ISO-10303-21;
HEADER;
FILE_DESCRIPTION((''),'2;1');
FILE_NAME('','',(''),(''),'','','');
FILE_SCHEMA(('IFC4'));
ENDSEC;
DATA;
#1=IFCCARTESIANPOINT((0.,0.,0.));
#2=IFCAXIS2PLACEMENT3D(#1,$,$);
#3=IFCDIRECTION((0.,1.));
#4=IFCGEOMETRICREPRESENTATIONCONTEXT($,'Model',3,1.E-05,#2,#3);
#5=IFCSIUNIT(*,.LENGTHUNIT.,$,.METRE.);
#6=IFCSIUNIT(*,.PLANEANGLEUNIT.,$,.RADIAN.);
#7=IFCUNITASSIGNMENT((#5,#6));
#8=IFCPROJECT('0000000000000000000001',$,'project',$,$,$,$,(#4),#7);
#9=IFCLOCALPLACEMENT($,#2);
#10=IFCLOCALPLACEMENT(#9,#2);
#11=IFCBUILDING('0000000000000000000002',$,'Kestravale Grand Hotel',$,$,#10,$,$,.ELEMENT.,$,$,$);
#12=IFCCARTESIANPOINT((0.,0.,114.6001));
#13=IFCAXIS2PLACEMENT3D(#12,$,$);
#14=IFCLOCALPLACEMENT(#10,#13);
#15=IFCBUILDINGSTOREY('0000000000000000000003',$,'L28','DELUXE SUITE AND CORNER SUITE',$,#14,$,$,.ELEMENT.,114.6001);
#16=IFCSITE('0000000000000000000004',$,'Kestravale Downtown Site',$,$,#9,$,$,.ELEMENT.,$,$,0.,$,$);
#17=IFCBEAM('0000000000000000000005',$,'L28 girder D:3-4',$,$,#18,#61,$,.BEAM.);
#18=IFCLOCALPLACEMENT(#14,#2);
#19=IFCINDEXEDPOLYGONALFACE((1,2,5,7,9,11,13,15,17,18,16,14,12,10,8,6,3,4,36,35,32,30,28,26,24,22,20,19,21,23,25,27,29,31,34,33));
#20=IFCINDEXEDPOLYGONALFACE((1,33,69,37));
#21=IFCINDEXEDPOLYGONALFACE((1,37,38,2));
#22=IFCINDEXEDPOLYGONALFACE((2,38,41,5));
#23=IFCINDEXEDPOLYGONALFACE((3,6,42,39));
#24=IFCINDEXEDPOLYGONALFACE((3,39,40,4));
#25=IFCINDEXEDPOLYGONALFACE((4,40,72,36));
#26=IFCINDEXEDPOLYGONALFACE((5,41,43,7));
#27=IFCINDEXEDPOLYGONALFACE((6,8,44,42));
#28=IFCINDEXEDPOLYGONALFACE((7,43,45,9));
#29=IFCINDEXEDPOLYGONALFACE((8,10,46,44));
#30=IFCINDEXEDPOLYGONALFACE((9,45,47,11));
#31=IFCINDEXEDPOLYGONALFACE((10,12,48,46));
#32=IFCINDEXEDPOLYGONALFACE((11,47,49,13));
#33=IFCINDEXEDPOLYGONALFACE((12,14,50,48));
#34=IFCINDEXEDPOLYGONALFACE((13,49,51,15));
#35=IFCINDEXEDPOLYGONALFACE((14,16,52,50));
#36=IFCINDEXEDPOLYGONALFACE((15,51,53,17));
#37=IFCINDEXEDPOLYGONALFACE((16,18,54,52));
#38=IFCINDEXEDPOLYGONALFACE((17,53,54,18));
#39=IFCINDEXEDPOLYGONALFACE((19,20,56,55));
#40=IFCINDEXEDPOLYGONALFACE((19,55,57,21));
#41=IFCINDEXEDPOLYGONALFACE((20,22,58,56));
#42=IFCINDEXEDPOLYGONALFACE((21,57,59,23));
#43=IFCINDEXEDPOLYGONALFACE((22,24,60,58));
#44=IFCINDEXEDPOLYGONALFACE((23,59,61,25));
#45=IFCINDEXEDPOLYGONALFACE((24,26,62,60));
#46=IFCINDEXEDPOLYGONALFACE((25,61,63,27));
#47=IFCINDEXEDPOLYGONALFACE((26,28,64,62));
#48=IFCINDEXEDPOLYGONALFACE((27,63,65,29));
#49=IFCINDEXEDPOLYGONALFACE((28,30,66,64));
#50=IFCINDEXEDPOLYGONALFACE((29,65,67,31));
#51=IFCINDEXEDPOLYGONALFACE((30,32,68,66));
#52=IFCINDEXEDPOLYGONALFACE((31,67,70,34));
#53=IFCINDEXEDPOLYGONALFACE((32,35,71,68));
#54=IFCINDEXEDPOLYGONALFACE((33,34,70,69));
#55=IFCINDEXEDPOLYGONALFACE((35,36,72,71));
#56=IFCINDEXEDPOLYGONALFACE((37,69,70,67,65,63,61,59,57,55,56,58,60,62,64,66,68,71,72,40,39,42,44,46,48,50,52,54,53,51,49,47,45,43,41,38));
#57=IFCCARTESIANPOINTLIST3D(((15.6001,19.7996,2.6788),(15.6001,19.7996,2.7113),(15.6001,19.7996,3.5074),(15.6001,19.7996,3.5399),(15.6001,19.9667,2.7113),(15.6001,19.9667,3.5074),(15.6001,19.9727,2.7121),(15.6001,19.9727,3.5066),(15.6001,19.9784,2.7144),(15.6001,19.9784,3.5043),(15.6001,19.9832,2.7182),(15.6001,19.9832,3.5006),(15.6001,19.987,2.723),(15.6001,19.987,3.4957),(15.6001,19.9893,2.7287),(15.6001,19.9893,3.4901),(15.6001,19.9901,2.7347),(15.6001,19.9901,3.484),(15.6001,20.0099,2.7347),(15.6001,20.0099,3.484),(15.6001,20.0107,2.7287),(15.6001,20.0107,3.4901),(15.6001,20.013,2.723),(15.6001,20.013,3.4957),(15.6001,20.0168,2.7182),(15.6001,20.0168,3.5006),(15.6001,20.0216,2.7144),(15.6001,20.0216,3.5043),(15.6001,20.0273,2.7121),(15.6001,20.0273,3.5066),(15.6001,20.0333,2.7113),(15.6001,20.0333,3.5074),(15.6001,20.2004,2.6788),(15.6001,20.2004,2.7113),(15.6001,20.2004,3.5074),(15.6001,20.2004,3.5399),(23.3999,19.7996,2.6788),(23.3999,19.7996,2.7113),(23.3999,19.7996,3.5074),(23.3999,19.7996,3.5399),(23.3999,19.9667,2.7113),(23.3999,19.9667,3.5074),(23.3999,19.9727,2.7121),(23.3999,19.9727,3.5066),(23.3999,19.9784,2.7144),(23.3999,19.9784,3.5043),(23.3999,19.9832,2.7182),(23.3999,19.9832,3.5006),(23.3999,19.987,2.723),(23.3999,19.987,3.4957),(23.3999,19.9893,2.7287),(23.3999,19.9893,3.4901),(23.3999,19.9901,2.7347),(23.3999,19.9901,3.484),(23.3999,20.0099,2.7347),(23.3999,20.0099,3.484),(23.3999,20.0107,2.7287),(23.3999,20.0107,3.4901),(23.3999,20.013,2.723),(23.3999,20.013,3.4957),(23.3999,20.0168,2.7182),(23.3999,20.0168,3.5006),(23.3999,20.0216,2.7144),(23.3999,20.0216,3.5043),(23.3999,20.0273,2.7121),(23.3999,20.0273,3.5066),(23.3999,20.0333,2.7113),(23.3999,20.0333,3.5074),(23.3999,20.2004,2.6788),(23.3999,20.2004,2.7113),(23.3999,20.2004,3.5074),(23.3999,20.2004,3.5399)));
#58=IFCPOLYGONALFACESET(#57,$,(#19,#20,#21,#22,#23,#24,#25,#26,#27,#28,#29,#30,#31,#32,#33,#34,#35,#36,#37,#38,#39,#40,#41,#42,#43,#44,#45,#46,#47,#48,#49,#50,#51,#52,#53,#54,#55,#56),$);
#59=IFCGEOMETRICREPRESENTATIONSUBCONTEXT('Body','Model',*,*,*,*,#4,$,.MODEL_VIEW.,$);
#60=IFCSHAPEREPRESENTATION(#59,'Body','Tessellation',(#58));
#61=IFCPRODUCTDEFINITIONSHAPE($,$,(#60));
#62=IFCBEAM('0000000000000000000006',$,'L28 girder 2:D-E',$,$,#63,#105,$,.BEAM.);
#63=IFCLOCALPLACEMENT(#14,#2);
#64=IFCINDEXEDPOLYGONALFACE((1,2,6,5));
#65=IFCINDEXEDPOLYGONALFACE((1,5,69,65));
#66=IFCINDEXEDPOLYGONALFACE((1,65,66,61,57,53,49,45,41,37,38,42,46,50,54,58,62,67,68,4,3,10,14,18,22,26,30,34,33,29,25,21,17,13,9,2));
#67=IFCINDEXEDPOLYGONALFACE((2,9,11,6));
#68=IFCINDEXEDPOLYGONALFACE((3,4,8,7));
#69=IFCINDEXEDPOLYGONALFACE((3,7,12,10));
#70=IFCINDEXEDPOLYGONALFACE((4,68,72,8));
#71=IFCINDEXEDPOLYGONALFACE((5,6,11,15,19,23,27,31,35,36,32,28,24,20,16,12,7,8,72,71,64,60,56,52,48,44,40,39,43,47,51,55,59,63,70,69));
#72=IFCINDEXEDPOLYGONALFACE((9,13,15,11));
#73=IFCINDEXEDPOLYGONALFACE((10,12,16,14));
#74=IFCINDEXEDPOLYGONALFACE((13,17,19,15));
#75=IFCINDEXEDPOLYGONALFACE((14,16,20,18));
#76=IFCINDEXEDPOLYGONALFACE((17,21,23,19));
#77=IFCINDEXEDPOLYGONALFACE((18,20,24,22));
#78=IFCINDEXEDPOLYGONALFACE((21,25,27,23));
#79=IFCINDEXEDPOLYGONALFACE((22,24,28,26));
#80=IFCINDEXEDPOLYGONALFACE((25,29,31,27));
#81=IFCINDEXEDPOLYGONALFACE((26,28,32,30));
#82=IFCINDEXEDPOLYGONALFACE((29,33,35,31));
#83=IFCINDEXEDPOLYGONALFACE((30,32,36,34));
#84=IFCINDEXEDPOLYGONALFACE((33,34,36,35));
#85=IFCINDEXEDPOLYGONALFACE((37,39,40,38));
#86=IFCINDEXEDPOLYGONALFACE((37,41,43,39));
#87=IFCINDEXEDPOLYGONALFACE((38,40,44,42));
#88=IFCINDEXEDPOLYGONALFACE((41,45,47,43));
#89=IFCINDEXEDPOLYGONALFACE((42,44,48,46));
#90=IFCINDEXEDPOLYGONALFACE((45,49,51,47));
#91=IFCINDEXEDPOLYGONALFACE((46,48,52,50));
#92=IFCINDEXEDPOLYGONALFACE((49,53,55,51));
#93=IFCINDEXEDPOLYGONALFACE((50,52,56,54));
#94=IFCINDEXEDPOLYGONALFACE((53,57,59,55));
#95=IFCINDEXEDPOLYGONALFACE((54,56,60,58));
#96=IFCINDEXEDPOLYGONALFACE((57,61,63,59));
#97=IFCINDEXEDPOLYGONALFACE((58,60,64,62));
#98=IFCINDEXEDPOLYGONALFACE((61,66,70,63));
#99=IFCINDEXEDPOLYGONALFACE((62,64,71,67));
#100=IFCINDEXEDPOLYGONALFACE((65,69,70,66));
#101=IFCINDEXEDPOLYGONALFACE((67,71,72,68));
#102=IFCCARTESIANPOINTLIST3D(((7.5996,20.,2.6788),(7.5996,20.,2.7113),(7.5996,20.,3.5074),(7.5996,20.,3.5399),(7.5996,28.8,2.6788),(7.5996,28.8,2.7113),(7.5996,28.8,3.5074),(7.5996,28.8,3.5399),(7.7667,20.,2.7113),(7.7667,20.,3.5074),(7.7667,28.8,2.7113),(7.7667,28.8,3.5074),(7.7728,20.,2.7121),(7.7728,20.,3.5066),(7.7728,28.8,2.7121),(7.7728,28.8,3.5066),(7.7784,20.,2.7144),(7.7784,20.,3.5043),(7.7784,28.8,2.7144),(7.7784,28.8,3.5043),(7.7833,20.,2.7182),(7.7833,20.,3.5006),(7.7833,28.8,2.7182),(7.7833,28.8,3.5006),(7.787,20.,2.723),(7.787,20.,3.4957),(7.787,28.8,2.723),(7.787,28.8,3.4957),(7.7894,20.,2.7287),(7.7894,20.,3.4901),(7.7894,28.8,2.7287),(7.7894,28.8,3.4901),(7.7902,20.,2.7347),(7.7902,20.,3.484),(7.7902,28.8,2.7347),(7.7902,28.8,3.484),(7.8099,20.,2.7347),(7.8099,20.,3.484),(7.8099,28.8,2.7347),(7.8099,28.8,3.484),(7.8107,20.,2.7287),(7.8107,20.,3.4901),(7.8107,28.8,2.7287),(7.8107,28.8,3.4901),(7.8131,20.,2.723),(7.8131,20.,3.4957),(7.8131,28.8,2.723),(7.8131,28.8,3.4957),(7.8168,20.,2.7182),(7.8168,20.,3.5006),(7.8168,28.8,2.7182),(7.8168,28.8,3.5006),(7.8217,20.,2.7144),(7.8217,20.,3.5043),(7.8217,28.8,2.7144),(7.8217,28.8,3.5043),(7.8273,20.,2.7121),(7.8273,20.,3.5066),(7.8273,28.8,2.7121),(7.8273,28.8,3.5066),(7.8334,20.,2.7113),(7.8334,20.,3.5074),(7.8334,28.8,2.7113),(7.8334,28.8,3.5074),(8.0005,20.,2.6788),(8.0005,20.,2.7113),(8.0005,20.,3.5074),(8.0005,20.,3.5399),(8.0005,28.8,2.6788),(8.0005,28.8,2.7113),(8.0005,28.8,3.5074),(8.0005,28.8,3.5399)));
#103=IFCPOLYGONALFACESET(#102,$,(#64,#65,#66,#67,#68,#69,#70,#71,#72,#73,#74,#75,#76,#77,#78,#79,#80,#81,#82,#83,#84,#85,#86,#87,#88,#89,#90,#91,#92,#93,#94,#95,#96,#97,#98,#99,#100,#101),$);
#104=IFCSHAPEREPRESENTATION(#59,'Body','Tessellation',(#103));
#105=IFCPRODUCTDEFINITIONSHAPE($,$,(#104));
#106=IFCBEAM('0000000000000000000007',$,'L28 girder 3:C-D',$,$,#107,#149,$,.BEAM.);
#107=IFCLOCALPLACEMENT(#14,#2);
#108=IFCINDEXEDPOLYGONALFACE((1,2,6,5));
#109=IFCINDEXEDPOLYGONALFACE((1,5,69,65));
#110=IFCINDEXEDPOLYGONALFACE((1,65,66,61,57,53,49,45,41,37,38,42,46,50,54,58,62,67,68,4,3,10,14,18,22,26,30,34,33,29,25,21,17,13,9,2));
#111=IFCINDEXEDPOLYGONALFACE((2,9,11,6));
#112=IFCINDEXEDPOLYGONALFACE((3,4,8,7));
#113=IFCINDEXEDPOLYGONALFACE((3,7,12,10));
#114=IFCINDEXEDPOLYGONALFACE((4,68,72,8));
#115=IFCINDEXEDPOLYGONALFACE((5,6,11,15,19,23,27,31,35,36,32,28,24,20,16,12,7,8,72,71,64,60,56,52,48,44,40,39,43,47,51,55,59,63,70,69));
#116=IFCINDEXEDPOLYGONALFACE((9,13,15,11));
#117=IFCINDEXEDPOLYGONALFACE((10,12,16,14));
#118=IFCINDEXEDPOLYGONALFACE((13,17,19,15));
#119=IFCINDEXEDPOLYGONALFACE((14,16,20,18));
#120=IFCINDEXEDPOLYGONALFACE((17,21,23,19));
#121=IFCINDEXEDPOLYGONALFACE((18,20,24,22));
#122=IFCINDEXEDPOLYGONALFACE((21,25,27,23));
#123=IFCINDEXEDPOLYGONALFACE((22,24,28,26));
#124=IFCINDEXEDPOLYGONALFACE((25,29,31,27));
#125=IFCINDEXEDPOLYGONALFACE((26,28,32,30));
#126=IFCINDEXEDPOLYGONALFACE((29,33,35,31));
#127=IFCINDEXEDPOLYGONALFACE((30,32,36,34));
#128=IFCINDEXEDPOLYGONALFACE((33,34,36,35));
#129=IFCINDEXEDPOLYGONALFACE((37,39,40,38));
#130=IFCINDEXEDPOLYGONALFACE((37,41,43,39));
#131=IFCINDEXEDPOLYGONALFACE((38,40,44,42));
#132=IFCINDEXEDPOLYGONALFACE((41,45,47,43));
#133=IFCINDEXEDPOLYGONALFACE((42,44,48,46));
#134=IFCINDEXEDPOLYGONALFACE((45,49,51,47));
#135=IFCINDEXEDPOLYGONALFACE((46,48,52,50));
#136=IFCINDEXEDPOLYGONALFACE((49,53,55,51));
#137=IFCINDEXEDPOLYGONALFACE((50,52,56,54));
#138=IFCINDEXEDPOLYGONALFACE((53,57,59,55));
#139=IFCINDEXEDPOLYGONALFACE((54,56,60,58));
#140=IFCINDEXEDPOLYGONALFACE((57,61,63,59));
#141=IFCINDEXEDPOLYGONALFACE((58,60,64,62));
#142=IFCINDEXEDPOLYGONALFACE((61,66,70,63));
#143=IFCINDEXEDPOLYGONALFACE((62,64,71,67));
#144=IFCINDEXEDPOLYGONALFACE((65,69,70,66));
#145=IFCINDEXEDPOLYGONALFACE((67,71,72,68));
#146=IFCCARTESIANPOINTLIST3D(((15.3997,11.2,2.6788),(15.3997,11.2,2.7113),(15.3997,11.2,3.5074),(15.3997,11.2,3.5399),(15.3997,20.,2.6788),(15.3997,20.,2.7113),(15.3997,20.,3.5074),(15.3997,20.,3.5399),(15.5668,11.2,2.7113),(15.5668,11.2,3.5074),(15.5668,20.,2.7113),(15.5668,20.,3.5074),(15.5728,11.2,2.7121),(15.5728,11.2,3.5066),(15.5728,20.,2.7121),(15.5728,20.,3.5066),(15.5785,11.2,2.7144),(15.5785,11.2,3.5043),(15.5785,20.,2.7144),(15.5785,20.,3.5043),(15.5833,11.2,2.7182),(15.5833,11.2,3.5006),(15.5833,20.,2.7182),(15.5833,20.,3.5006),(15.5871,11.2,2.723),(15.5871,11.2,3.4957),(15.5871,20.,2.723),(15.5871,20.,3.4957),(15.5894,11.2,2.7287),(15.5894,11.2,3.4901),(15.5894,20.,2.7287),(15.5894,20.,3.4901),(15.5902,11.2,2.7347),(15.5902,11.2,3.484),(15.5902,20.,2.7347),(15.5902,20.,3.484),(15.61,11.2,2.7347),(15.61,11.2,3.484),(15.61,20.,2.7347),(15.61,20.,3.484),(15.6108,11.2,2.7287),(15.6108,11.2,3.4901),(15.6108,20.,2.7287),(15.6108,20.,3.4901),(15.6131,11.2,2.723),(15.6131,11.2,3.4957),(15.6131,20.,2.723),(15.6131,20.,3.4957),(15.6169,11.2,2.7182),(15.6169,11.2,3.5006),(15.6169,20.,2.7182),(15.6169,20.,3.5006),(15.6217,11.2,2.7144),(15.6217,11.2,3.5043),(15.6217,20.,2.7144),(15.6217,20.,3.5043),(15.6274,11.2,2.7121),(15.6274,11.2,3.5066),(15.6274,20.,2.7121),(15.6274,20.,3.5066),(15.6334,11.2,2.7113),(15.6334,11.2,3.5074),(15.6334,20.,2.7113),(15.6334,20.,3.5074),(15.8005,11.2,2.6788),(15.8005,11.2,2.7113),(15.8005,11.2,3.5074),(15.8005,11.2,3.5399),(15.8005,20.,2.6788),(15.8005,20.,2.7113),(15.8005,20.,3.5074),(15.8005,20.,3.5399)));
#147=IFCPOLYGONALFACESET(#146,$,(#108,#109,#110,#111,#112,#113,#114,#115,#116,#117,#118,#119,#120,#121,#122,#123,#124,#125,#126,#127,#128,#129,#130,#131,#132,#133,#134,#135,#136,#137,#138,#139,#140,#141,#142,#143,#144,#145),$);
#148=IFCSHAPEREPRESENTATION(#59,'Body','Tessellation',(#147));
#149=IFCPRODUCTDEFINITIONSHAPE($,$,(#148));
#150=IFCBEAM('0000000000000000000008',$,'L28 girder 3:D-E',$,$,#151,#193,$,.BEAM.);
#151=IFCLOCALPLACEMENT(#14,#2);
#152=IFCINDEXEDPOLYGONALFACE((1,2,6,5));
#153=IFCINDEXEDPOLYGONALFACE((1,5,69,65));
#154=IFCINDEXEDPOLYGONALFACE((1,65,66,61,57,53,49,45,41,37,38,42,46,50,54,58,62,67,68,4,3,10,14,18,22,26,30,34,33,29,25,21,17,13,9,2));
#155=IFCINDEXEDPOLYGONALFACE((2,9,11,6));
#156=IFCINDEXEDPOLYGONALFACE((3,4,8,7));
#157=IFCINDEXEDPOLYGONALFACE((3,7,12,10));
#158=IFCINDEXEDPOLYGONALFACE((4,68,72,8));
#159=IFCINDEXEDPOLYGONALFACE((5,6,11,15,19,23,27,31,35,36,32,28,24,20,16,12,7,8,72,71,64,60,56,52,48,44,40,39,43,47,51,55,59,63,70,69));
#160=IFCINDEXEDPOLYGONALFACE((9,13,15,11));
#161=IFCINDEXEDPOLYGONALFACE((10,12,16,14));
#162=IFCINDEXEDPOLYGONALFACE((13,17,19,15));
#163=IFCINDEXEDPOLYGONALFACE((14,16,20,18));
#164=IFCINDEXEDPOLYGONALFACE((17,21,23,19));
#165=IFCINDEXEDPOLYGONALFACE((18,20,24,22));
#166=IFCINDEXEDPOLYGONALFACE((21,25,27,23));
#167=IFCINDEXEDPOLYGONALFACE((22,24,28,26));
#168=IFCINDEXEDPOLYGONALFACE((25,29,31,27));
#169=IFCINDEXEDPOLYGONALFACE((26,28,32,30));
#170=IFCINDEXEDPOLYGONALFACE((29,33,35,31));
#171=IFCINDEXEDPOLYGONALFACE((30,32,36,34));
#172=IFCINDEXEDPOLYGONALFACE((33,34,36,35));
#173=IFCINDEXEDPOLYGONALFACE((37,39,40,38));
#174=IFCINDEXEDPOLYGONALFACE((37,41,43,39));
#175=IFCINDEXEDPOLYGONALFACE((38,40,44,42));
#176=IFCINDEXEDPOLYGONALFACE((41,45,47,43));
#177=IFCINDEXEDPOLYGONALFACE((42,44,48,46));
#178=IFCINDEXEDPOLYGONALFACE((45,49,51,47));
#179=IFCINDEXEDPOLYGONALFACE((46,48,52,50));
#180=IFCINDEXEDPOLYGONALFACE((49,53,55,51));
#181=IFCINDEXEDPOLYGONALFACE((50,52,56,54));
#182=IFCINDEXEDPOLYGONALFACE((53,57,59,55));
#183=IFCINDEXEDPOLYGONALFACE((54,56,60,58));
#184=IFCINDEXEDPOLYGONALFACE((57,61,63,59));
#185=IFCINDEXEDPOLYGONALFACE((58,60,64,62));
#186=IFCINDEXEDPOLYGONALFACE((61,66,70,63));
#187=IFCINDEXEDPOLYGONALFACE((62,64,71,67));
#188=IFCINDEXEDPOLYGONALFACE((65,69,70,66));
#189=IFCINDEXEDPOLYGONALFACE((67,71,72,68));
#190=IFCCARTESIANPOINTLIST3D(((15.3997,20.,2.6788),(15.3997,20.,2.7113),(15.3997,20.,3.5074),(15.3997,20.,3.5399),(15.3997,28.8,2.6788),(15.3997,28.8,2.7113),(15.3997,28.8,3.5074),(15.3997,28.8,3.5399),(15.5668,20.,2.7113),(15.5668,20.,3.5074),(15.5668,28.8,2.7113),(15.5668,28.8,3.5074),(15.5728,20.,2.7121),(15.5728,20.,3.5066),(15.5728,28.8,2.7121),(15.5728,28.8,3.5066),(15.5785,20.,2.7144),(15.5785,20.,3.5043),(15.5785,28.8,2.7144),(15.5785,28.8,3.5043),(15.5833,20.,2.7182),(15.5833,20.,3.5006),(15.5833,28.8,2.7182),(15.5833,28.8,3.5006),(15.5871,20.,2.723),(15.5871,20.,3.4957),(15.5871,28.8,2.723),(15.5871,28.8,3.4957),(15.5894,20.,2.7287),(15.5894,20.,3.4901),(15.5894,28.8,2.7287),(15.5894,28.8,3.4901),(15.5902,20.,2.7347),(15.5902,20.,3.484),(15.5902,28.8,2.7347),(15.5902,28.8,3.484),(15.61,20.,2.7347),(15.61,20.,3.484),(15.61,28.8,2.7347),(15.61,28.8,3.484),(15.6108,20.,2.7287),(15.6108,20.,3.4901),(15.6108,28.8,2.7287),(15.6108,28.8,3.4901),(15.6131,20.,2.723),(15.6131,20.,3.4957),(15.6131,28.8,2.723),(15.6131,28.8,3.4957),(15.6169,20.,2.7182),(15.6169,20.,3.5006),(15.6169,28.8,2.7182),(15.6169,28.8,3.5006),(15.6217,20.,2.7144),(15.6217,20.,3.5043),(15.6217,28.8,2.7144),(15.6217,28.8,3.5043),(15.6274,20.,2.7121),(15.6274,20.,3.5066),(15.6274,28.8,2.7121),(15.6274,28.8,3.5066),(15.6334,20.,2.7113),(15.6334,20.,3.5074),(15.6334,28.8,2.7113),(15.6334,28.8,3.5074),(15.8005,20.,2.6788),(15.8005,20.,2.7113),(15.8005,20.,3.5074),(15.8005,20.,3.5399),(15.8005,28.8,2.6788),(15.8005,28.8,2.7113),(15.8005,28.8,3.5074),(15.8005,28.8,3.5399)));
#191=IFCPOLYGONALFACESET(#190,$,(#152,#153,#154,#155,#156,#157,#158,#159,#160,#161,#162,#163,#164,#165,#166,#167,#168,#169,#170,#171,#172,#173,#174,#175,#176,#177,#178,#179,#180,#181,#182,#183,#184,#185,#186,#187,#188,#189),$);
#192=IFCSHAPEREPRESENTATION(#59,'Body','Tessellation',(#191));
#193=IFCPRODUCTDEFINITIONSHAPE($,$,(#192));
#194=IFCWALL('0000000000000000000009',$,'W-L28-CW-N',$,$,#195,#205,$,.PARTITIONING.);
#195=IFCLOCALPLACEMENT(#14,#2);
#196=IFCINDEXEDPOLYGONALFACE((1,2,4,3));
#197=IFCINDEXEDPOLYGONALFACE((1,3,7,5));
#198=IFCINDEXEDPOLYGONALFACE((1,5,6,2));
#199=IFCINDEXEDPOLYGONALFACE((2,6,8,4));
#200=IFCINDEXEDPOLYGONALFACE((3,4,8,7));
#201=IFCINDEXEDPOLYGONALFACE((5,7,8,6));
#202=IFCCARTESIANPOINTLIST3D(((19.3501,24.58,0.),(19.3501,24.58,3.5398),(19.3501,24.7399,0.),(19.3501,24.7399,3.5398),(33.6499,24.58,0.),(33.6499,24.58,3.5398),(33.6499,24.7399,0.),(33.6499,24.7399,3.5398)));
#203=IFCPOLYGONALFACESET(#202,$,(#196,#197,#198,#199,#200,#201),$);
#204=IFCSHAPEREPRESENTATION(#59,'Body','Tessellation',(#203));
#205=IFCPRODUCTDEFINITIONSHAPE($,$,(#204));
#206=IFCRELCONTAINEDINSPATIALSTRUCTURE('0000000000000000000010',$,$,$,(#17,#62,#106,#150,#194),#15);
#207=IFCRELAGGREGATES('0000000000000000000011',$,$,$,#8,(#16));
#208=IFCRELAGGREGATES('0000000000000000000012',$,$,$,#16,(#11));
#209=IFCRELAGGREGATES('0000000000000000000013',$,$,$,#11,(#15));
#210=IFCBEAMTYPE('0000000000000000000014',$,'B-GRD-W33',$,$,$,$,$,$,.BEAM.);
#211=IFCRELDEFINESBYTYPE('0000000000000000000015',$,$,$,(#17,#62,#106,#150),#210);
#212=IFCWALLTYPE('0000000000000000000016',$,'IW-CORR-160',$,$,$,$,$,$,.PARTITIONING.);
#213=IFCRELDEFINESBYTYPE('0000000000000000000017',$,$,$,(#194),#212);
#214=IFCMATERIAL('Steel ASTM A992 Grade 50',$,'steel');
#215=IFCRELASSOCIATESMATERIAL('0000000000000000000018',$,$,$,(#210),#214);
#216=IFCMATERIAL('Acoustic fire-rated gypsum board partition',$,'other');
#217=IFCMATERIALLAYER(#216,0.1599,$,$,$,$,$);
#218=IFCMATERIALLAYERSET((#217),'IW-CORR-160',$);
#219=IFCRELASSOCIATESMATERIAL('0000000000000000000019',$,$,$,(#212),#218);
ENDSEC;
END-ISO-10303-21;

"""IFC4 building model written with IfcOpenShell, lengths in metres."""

from ifc_helpers import new_model, si_unit, direction, frame, frame_2d, origin, origin_2d, place, context, subcontext, project, spatial, rectangle, i_section, extrude, material, layer, layer_set, material_profile, profile_set, type_object, element, save


model = new_model("IFC4")

# Units and contexts
model_context = context("Model", 3, precision=1e-05, world=origin(), true_north=direction((0.0, 1.0)))
body_context = subcontext(model_context, "Body", "Model", "MODEL_VIEW")
ifc_project = project(units=[si_unit("LENGTHUNIT", "METRE"), si_unit("PLANEANGLEUNIT", "RADIAN")], contexts=[model_context])

# Site, building, storey
site_placement = place(None, origin())
site = spatial("IfcSite", under=ifc_project, at=site_placement, Name="Kestravale Downtown Site", CompositionType="ELEMENT", RefElevation=0.0)
building_placement = place(site_placement, origin())
building = spatial("IfcBuilding", under=site, at=building_placement, Name="Kestravale Grand Hotel", CompositionType="ELEMENT")
storey_placement = place(building_placement, frame((0.0, 0.0, 114.6001)))
storey = spatial("IfcBuildingStorey", under=building, at=storey_placement, Name="L28", Description="DELUXE SUITE AND CORNER SUITE", CompositionType="ELEMENT", Elevation=114.6001)

# Beams
ifc_material_1 = material(Name="Steel ASTM A992 Grade 50", Category="steel")
ifc_material_profile_1 = material_profile(ifc_material_1, i_section(OverallWidth=0.4009, OverallDepth=0.8611, WebThickness=0.0198, FlangeThickness=0.0325, FilletRadius=0.0234, at=origin_2d()))
ifc_profile_set_1 = profile_set([ifc_material_profile_1], Name="Steel ASTM A992 Grade 50")
beam_type_1 = type_object("IfcBeamType", Name="B-GRD-W33", PredefinedType="BEAM", material=ifc_profile_set_1)
beam_1_placement = place(storey_placement, frame((15.6001, 20.0, 3.1094), z_axis=(1.0, 0.0, 0.0), x_axis=(0.0, 1.0, 0.0)))
element("IfcBeam", 1, at=beam_1_placement, inside=storey, type_object=beam_type_1, Name="L28 girder D:3-4", PredefinedType="BEAM", context=body_context, shape_type="SweptSolid", body=[
    extrude(i_section(OverallWidth=0.4009, OverallDepth=0.8611, WebThickness=0.0198, FlangeThickness=0.0325, FilletRadius=0.0234, at=origin_2d()), origin(), (0.0, 0.0, 1.0), 7.7998),
])
for number, where, z_axis, x_axis, name in (
    (2, (7.8, 20.0, 3.1094), (0.0, 1.0, 0.0), (-1.0, 0.0, 0.0), "L28 girder 2:D-E"),
    (3, (15.6001, 11.2, 3.1094), (0.0, 1.0, 0.0), (-1.0, 0.0, 0.0), "L28 girder 3:C-D"),
    (4, (15.6001, 20.0, 3.1094), (0.0, 1.0, 0.0), (-1.0, 0.0, 0.0), "L28 girder 3:D-E"),
):
    element("IfcBeam", number, at=place(storey_placement, frame(where, z_axis=z_axis, x_axis=x_axis)), inside=storey, type_object=beam_type_1, Name=name, PredefinedType="BEAM", context=body_context, shape_type="SweptSolid", body=[
        extrude(i_section(OverallWidth=0.4009, OverallDepth=0.8611, WebThickness=0.0198, FlangeThickness=0.0325, FilletRadius=0.0234, at=origin_2d()), origin(), (0.0, 0.0, 1.0), 8.8),
    ])

# Wall
ifc_material_2 = material(Name="Acoustic fire-rated gypsum board partition", Category="other")
ifc_layer_1 = layer(ifc_material_2, 0.1599)
ifc_layer_set_1 = layer_set([ifc_layer_1], Name="IW-CORR-160")
wall_type_1 = type_object("IfcWallType", Name="IW-CORR-160", PredefinedType="PARTITIONING", material=ifc_layer_set_1)
wall_1_placement = place(storey_placement, frame((19.3501, 24.6599, 0.0), z_axis=(0.0, 0.0, 1.0), x_axis=(1.0, 0.0, 0.0)))
element("IfcWall", 5, at=wall_1_placement, inside=storey, type_object=wall_type_1, Name="W-L28-CW-N", PredefinedType="PARTITIONING", context=body_context, shape_type="SweptSolid", body=[
    extrude(rectangle(XDim=14.2998, YDim=0.1599, at=frame_2d((7.1499, 0.0))), origin(), (0.0, 0.0, 1.0), 3.5398),
])

save(model, "model.ifc")
